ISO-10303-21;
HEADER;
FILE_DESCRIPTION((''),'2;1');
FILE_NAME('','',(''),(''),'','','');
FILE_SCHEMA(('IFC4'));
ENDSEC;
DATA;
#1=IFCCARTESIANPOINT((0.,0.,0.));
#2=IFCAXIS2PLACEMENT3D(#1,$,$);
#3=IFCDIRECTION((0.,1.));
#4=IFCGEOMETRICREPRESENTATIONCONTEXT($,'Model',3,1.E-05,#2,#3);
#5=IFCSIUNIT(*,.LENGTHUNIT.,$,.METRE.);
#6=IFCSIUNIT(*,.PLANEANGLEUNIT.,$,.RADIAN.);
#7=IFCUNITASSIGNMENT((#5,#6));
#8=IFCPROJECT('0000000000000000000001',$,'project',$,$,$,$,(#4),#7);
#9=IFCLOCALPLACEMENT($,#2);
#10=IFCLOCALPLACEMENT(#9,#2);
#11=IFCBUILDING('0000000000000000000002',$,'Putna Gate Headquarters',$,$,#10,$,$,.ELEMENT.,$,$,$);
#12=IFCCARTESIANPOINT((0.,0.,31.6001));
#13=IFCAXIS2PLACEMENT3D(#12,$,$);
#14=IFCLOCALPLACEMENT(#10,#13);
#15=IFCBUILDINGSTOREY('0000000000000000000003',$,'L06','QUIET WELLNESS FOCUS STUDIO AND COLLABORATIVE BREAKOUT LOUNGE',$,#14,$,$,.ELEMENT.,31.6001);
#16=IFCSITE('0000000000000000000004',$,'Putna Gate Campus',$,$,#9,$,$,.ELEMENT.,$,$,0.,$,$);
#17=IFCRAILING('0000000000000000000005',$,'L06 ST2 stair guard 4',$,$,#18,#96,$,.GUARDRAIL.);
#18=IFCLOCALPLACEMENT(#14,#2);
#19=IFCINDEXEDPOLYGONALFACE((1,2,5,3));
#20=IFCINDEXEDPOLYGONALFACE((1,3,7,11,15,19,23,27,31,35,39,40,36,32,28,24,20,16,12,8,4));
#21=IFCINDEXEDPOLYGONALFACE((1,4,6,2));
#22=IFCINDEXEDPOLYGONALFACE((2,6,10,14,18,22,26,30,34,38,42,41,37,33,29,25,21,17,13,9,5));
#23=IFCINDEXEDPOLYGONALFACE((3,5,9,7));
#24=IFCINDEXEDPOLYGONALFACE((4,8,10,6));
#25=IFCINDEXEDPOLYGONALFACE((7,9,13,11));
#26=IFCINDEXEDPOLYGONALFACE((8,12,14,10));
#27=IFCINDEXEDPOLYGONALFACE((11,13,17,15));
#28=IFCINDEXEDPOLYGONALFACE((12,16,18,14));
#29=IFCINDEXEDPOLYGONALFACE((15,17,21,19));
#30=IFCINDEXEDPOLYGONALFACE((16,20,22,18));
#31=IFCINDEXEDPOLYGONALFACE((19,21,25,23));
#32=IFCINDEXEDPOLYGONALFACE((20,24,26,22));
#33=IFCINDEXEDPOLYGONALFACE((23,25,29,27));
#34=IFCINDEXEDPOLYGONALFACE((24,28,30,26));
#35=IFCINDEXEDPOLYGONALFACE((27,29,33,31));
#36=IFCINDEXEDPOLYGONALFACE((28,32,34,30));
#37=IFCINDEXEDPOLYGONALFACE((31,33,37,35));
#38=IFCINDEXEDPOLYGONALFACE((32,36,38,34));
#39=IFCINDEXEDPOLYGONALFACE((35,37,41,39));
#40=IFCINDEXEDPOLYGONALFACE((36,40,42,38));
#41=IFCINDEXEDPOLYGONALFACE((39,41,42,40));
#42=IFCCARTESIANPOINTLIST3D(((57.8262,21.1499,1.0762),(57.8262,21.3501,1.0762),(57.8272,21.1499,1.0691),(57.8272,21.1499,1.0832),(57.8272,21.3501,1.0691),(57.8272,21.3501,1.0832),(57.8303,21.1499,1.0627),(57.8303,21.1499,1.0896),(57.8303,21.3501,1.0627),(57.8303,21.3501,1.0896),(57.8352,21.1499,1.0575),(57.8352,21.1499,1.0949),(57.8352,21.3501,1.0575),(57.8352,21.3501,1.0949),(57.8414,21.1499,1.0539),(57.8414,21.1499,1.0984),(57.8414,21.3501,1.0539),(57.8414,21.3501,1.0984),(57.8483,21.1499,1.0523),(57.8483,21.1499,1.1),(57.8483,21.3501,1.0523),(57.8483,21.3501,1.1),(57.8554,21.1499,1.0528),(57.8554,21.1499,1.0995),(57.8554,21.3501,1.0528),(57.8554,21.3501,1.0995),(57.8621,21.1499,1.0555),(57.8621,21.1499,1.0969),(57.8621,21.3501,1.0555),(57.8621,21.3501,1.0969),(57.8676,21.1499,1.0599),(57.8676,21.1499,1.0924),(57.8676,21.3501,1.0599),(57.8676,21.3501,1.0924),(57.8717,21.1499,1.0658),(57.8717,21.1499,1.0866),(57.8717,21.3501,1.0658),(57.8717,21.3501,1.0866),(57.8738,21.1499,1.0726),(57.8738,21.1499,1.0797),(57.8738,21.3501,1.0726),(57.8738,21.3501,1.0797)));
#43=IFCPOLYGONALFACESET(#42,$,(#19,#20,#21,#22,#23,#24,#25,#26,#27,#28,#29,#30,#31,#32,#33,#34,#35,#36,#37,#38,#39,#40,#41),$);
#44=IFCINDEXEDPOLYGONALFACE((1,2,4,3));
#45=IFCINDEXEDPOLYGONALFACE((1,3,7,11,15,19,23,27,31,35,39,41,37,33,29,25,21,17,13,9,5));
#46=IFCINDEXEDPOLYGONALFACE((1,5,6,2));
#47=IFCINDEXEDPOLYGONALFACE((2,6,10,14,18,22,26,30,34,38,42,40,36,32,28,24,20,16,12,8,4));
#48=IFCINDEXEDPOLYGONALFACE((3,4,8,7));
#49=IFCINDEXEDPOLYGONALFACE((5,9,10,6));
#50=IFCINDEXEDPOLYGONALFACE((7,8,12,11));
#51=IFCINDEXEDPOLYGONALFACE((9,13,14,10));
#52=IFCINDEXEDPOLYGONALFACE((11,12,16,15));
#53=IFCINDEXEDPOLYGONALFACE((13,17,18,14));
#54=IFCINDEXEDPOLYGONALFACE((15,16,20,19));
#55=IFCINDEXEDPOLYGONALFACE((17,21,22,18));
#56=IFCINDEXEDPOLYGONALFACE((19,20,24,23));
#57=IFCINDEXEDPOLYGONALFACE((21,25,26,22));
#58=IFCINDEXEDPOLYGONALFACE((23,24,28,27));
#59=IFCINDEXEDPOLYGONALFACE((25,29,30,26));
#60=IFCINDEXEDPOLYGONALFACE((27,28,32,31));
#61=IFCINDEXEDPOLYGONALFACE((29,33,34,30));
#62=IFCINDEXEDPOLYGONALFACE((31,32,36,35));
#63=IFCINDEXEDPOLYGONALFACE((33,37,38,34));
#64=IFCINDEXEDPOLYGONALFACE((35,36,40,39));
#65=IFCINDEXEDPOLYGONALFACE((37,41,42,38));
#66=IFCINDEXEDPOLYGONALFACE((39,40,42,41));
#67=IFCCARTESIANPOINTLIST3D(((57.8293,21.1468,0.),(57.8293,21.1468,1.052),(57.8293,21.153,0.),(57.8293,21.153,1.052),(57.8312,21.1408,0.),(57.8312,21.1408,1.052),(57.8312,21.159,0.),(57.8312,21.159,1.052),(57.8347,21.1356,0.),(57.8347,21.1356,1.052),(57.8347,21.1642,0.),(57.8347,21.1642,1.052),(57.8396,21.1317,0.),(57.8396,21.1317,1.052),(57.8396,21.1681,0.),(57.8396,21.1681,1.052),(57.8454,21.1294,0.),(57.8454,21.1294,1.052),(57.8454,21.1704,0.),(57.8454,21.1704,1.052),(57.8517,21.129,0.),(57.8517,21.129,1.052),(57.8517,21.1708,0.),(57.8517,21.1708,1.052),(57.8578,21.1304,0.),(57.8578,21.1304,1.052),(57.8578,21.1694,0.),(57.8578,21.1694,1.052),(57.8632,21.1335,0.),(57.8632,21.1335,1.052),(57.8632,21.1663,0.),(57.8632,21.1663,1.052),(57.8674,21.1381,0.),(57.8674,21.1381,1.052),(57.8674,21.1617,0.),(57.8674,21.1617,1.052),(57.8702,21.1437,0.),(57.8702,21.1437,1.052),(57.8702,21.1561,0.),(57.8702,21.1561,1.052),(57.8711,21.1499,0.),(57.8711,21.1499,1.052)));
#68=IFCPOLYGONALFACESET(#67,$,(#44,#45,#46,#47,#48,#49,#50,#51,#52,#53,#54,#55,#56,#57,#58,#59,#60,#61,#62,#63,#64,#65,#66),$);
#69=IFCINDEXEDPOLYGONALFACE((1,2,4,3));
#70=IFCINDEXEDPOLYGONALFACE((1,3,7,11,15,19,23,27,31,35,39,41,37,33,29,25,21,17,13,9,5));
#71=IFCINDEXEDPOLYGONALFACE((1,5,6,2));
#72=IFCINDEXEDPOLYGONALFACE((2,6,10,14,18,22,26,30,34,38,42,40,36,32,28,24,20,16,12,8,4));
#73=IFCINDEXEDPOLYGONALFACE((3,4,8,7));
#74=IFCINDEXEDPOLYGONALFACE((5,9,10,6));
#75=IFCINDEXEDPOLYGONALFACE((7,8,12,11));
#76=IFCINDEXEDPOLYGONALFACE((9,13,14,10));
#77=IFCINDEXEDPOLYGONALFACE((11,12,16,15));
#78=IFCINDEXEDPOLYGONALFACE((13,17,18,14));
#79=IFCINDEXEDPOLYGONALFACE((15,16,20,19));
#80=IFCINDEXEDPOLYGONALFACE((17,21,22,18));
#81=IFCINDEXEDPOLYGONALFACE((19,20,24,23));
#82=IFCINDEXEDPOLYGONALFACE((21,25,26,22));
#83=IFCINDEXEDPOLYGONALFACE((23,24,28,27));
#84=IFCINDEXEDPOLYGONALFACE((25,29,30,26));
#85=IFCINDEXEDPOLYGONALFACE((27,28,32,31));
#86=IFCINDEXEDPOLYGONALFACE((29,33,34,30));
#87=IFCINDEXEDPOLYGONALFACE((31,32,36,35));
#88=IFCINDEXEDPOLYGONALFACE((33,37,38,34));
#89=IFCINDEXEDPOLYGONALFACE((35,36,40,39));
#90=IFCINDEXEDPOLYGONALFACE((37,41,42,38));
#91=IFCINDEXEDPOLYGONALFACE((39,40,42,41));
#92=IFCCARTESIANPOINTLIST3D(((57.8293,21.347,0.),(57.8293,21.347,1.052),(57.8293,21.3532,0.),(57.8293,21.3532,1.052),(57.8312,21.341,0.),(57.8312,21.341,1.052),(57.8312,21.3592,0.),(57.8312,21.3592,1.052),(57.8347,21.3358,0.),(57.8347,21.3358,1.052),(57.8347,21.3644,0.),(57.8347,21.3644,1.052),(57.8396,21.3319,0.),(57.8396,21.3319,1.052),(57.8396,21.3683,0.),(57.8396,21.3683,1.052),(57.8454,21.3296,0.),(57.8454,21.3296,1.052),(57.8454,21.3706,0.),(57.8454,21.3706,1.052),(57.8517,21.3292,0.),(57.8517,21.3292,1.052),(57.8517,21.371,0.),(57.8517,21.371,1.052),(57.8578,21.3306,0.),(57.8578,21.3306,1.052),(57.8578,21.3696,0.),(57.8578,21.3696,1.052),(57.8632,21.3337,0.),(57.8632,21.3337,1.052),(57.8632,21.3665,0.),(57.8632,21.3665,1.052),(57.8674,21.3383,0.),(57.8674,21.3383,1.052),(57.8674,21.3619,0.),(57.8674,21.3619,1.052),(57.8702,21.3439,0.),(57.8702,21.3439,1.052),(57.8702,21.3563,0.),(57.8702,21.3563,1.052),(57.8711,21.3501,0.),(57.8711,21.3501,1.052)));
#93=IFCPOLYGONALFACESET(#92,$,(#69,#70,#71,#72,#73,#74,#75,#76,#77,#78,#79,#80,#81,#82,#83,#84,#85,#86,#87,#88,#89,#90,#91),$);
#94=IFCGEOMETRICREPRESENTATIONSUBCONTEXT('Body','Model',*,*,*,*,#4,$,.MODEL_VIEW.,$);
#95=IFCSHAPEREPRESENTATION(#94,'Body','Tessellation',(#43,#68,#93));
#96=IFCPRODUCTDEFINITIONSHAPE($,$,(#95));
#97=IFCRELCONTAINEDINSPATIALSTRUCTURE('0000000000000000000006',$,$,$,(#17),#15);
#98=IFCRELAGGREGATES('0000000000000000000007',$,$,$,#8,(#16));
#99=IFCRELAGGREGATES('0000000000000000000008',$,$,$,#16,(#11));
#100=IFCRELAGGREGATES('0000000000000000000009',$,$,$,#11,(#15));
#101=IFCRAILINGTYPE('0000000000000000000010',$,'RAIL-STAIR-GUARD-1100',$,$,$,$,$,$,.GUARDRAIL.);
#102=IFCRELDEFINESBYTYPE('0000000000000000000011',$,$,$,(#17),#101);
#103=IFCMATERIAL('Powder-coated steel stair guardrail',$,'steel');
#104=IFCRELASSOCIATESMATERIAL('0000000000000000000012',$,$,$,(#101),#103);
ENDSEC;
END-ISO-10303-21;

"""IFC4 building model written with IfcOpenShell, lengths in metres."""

from ifc_helpers import new_model, si_unit, direction, frame, origin, origin_2d, place, context, subcontext, project, spatial, circle, extrude, material, type_object, element, save


model = new_model("IFC4")

# Units and contexts
model_context = context("Model", 3, precision=1e-05, world=origin(), true_north=direction((0.0, 1.0)))
body_context = subcontext(model_context, "Body", "Model", "MODEL_VIEW")
ifc_project = project(units=[si_unit("LENGTHUNIT", "METRE"), si_unit("PLANEANGLEUNIT", "RADIAN")], contexts=[model_context])

# Site, building, storey
site_placement = place(None, origin())
site = spatial("IfcSite", under=ifc_project, at=site_placement, Name="Putna Gate Campus", CompositionType="ELEMENT", RefElevation=0.0)
building_placement = place(site_placement, origin())
building = spatial("IfcBuilding", under=site, at=building_placement, Name="Putna Gate Headquarters", CompositionType="ELEMENT")
storey_placement = place(building_placement, frame((0.0, 0.0, 31.6001)))
storey = spatial("IfcBuildingStorey", under=building, at=storey_placement, Name="L06", Description="QUIET WELLNESS FOCUS STUDIO AND COLLABORATIVE BREAKOUT LOUNGE", CompositionType="ELEMENT", Elevation=31.6001)

# Railing
ifc_material_1 = material(Name="Powder-coated steel stair guardrail", Category="steel")
railing_type_1 = type_object("IfcRailingType", Name="RAIL-STAIR-GUARD-1100", PredefinedType="GUARDRAIL", material=ifc_material_1)
railing_1_placement = place(storey_placement, frame((57.8501, 21.1499, 0.0)))
element("IfcRailing", 1, at=railing_1_placement, inside=storey, type_object=railing_type_1, Name="L06 ST2 stair guard 4", PredefinedType="GUARDRAIL", context=body_context, shape_type="SweptSolid", body=[
    extrude(circle(Radius=0.0239, at=origin_2d()), frame((0.0, 0.0, 1.0762), z_axis=(0.0, 1.0, 0.0), x_axis=(-1.0, 0.0, 0.0)), (0.0, 0.0, 1.0), 0.2002),
    extrude(circle(Radius=0.021, at=origin_2d()), origin(), (0.0, 0.0, 1.0), 1.052),
    extrude(circle(Radius=0.021, at=origin_2d()), frame((0.0, 0.2002, 0.0)), (0.0, 0.0, 1.0), 1.052),
])

save(model, "model.ifc")
